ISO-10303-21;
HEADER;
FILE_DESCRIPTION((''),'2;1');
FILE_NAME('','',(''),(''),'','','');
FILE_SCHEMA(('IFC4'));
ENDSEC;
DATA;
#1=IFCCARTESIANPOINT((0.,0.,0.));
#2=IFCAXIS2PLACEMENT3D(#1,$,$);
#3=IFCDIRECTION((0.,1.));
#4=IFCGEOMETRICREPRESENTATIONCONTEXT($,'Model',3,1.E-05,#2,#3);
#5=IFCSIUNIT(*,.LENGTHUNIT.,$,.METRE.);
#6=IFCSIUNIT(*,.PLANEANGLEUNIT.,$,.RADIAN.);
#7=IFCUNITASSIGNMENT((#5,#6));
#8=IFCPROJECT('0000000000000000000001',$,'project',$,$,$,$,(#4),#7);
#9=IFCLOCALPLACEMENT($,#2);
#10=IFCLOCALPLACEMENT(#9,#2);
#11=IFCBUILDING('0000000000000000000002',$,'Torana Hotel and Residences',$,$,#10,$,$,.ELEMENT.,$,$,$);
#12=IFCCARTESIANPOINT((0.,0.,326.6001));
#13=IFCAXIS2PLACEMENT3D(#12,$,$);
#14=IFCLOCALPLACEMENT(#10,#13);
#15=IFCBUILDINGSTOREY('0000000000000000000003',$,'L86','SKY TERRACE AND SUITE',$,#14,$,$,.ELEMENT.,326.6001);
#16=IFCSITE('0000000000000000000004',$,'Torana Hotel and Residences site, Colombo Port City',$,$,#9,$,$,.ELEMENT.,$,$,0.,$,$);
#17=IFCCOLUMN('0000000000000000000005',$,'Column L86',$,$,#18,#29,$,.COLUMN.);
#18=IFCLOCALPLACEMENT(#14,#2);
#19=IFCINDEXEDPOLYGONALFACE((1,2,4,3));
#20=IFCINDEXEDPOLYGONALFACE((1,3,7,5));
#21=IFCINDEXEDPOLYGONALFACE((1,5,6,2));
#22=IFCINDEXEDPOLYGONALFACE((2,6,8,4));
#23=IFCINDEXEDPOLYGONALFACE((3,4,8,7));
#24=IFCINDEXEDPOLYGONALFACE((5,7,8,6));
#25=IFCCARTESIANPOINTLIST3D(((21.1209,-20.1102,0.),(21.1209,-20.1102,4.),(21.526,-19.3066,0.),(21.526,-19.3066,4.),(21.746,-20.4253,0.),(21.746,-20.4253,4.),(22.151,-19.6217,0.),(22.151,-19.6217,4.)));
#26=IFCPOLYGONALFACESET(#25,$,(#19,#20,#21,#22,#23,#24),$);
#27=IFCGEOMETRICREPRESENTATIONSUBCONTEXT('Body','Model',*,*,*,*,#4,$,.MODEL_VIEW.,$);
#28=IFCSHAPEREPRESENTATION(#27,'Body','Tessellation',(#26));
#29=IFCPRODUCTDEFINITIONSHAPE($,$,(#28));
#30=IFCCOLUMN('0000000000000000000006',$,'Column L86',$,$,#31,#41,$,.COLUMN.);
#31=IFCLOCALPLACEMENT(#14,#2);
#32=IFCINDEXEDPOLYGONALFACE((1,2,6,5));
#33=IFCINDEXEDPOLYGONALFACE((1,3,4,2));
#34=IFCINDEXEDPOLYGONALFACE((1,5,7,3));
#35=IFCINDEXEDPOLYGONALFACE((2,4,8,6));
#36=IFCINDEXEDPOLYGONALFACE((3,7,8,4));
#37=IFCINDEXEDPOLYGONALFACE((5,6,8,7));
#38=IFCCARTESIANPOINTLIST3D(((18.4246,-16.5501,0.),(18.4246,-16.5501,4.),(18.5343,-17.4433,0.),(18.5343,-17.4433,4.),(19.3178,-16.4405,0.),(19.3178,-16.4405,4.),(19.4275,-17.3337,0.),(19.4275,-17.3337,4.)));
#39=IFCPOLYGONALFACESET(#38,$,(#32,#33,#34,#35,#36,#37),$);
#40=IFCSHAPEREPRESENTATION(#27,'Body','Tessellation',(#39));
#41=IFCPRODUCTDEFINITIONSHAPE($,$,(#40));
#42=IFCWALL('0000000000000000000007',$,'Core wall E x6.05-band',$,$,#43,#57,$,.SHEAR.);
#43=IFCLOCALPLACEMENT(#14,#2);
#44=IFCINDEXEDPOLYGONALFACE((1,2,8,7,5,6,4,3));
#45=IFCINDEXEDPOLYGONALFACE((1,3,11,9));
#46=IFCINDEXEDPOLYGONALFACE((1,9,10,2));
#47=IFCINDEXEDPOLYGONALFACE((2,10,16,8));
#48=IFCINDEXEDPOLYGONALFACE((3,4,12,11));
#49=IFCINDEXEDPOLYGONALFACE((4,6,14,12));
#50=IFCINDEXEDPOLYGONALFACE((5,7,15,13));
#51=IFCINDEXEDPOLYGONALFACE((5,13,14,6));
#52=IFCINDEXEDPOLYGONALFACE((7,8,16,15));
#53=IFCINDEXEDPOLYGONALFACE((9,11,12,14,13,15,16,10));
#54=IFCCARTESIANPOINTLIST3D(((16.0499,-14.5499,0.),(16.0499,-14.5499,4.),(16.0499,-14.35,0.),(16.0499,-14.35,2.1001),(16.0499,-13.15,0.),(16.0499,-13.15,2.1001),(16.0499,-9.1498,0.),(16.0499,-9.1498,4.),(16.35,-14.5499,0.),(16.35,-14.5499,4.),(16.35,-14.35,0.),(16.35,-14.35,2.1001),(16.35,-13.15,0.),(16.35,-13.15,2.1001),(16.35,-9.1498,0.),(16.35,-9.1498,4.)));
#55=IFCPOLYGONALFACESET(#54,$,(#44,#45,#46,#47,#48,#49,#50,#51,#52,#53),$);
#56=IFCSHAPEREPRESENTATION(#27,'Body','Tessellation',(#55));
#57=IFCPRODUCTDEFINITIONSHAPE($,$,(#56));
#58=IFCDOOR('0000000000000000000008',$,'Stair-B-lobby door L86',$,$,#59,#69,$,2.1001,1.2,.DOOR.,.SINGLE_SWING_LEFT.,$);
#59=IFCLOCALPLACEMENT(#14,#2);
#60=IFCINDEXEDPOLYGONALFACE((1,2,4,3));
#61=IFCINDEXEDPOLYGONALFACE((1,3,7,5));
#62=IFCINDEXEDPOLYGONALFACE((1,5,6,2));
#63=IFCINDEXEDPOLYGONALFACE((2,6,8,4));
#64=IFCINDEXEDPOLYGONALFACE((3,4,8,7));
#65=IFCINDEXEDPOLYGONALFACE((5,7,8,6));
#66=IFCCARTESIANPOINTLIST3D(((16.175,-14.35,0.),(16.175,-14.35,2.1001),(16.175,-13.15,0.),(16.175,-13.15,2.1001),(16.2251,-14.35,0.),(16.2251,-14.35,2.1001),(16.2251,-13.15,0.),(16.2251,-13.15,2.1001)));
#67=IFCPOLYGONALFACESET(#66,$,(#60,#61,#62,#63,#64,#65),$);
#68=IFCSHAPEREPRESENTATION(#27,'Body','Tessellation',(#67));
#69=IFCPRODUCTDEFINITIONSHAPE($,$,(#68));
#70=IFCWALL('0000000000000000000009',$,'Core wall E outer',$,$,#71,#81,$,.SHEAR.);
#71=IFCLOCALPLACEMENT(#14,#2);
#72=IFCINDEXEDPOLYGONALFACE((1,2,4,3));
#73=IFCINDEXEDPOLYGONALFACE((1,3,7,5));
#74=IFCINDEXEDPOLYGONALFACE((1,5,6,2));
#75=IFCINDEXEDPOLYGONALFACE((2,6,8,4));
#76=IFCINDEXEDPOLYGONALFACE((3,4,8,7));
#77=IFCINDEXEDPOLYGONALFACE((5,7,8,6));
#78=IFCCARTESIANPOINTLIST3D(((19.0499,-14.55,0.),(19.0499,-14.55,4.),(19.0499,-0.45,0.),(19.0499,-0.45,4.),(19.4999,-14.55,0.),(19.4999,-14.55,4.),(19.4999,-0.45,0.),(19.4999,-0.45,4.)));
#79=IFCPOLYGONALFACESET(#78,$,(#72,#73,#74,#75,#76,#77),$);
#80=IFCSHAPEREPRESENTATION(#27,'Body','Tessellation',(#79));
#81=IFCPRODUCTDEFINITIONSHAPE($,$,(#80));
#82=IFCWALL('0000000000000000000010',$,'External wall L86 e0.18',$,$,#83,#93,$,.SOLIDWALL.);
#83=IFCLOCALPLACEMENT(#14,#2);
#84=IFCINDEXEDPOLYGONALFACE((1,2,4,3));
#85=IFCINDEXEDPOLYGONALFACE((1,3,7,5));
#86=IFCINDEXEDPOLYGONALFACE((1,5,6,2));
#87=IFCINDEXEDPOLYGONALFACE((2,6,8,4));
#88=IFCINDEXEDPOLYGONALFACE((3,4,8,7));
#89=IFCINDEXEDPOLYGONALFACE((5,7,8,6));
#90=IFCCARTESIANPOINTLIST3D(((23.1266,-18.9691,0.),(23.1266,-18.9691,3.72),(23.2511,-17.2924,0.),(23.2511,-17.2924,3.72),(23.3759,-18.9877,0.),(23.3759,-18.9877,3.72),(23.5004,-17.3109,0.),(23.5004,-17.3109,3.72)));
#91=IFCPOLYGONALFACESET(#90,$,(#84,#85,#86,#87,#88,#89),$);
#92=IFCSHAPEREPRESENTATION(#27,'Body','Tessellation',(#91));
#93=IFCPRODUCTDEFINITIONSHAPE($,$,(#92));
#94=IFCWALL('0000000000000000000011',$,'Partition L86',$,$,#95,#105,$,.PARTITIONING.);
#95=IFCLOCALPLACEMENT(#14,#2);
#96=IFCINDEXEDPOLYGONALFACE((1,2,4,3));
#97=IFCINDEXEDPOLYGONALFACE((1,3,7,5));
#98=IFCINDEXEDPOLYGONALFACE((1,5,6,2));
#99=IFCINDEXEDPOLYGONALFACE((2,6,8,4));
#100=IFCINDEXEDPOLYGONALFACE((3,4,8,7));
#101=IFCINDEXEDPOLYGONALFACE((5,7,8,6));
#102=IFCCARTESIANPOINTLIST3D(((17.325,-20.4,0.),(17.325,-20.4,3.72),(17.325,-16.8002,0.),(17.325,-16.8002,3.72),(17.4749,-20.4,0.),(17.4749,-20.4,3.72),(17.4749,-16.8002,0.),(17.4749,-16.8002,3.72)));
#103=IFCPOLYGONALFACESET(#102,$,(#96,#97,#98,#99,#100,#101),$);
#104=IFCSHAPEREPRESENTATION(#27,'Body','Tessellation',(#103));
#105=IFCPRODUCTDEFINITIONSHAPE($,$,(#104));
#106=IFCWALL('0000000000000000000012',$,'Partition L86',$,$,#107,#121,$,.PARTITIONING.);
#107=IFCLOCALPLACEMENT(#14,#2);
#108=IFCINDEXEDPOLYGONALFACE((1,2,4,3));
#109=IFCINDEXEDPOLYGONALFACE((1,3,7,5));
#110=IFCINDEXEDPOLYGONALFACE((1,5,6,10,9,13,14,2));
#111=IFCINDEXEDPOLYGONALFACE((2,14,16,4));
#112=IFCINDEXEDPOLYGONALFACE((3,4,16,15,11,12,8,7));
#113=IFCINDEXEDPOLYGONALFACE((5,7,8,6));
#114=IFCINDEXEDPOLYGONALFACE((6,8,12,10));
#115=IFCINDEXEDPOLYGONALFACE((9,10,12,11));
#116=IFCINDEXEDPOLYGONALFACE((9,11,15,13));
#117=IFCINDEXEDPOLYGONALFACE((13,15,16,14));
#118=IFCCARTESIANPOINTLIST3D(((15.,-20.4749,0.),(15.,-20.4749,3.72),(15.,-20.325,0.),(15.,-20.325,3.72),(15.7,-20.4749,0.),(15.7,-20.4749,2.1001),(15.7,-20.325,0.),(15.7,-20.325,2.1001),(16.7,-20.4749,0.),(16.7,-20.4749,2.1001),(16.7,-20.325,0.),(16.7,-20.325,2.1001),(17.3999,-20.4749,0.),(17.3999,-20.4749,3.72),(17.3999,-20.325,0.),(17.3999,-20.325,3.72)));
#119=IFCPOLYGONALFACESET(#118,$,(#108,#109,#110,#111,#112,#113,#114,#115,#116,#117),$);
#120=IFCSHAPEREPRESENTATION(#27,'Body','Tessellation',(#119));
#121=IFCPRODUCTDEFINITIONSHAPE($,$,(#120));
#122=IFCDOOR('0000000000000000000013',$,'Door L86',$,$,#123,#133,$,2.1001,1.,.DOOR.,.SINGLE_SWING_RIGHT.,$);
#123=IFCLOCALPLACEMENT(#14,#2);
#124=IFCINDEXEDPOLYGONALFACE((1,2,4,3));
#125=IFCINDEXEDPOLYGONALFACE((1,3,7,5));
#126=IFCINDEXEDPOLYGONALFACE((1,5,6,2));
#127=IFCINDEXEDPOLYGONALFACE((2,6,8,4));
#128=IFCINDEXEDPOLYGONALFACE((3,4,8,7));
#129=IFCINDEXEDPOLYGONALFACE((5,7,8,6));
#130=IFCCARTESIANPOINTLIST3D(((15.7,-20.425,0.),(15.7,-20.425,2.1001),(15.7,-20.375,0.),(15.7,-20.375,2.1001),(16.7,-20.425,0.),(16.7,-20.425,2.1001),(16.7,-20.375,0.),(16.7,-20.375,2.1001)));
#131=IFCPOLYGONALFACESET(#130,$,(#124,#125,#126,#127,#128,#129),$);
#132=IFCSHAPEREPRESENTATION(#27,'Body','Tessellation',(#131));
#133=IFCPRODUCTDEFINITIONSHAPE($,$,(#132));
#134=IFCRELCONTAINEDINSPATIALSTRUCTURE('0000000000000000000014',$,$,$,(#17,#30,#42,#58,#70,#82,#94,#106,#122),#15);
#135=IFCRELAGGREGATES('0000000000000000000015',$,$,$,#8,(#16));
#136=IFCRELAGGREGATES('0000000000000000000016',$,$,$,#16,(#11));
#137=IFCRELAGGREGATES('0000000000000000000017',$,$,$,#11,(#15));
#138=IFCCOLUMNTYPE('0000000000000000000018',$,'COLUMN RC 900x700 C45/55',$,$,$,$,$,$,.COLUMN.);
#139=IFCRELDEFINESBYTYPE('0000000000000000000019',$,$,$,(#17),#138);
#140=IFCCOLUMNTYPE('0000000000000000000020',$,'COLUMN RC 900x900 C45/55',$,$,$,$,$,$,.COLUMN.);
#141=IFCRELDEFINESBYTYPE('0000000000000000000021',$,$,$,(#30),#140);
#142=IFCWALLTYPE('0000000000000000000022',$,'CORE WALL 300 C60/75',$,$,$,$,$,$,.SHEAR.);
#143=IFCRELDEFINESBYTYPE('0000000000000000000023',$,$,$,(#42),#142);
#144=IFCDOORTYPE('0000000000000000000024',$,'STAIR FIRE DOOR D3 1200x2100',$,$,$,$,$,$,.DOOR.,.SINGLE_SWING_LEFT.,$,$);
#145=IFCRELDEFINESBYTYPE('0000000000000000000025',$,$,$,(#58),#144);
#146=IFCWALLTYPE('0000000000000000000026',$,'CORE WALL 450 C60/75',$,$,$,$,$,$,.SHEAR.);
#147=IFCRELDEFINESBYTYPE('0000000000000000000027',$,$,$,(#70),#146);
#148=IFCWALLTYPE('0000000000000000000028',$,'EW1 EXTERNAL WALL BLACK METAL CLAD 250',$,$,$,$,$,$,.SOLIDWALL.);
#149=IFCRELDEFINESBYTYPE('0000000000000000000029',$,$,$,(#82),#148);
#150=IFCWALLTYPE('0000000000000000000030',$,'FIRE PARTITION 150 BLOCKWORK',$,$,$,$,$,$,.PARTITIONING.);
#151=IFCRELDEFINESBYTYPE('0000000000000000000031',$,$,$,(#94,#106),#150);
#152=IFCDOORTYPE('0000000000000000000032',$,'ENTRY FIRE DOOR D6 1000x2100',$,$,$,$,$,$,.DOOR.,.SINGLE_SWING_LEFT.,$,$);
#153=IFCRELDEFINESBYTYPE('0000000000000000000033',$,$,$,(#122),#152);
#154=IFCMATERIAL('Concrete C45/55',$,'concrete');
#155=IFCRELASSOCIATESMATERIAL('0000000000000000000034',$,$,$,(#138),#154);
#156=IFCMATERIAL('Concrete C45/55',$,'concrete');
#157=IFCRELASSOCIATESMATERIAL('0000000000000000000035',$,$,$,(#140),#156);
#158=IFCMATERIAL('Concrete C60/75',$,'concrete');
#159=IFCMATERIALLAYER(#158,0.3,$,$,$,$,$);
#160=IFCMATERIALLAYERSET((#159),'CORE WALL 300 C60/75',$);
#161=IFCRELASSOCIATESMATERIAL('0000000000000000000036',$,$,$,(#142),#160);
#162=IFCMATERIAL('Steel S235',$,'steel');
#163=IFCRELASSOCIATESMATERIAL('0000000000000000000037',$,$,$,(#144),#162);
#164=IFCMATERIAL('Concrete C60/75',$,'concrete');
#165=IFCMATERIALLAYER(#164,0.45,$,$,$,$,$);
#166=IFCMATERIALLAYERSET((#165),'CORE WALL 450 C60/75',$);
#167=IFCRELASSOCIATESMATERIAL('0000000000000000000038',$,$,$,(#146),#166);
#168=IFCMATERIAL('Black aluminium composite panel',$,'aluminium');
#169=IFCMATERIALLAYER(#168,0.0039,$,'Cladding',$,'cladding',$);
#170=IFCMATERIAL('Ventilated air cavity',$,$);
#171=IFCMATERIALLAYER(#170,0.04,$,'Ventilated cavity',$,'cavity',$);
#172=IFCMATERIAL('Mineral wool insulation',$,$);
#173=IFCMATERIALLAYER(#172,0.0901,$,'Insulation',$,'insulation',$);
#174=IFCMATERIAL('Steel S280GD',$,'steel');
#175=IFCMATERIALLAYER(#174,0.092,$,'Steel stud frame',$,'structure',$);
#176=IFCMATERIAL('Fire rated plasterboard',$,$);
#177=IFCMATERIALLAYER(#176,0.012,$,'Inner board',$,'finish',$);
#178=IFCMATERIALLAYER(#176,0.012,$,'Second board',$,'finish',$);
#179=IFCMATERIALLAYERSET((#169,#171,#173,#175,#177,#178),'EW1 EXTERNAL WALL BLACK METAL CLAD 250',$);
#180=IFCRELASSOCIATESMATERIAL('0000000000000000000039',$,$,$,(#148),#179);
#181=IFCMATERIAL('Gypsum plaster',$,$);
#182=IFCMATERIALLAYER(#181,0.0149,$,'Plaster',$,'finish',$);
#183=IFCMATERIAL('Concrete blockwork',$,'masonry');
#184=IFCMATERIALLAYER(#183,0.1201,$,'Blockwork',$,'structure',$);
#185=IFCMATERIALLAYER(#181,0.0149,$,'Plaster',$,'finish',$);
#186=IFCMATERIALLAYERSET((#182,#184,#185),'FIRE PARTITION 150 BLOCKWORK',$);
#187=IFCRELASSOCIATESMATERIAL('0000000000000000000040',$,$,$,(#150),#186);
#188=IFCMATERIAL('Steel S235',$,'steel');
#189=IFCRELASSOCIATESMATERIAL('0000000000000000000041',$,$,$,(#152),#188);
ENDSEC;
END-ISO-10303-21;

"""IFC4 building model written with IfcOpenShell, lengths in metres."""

from ifc_helpers import new_model, si_unit, direction, frame, frame_2d, origin, origin_2d, place, context, subcontext, project, spatial, rectangle, extrude, material, layer, layer_set, material_profile, profile_set, type_object, element, fill, save


model = new_model("IFC4")

# Units and contexts
model_context = context("Model", 3, precision=1e-05, world=origin(), true_north=direction((0.0, 1.0)))
body_context = subcontext(model_context, "Body", "Model", "MODEL_VIEW")
ifc_project = project(units=[si_unit("LENGTHUNIT", "METRE"), si_unit("PLANEANGLEUNIT", "RADIAN")], contexts=[model_context])

# Site, building, storey
site_placement = place(None, origin())
site = spatial("IfcSite", under=ifc_project, at=site_placement, Name="Torana Hotel and Residences site, Colombo Port City", CompositionType="ELEMENT", RefElevation=0.0)
building_placement = place(site_placement, origin())
building = spatial("IfcBuilding", under=site, at=building_placement, Name="Torana Hotel and Residences", CompositionType="ELEMENT")
storey_placement = place(building_placement, frame((0.0, 0.0, 326.6001)))
storey = spatial("IfcBuildingStorey", under=building, at=storey_placement, Name="L86", Description="SKY TERRACE AND SUITE", CompositionType="ELEMENT", Elevation=326.6001)

# Columns
ifc_material_1 = material(Name="Concrete C45/55", Category="concrete")
ifc_material_profile_1 = material_profile(ifc_material_1, rectangle(XDim=0.8999, YDim=0.7, at=origin_2d()), Name="RC 900x700")
ifc_profile_set_1 = profile_set([ifc_material_profile_1], Name="Concrete C45/55")
column_type_1 = type_object("IfcColumnType", Name="COLUMN RC 900x700 C45/55", PredefinedType="COLUMN", material=ifc_profile_set_1)
column_1_placement = place(storey_placement, frame((21.636, -19.866, 0.0), z_axis=(0.0, 0.0, 1.0), x_axis=(0.450098, 0.892979, 0.0)))
element("IfcColumn", 1, at=column_1_placement, inside=storey, type_object=column_type_1, Name="Column L86", PredefinedType="COLUMN", context=body_context, shape_type="SweptSolid", body=[
    extrude(rectangle(XDim=0.8999, YDim=0.7, at=origin_2d()), origin(), (0.0, 0.0, 1.0), 4.0),
])
ifc_material_2 = material(Name="Concrete C45/55", Category="concrete")
ifc_material_profile_2 = material_profile(ifc_material_2, rectangle(XDim=0.8999, YDim=0.8999, at=origin_2d()), Name="RC 900x900")
ifc_profile_set_2 = profile_set([ifc_material_profile_2], Name="Concrete C45/55")
column_type_2 = type_object("IfcColumnType", Name="COLUMN RC 900x900 C45/55", PredefinedType="COLUMN", material=ifc_profile_set_2)
column_2_placement = place(storey_placement, frame((18.926, -16.9419, 0.0), z_axis=(0.0, 0.0, 1.0), x_axis=(0.992546, 0.121869, 0.0)))
element("IfcColumn", 2, at=column_2_placement, inside=storey, type_object=column_type_2, Name="Column L86", PredefinedType="COLUMN", context=body_context, shape_type="SweptSolid", body=[
    extrude(rectangle(XDim=0.8999, YDim=0.8999, at=origin_2d()), origin(), (0.0, 0.0, 1.0), 4.0),
])

# Wall, opening, door
ifc_material_3 = material(Name="Concrete C60/75", Category="concrete")
ifc_layer_1 = layer(ifc_material_3, 0.3)
ifc_layer_set_1 = layer_set([ifc_layer_1], Name="CORE WALL 300 C60/75")
wall_type_1 = type_object("IfcWallType", Name="CORE WALL 300 C60/75", PredefinedType="SHEAR", material=ifc_layer_set_1)
wall_1_placement = place(storey_placement, frame((16.2, -14.55, 0.0), z_axis=(0.0, 0.0, 1.0), x_axis=(0.0, 1.0, 0.0)))
wall_1 = element("IfcWall", 3, at=wall_1_placement, inside=storey, type_object=wall_type_1, Name="Core wall E x6.05-band", PredefinedType="SHEAR", context=body_context, shape_type="SweptSolid", body=[
    extrude(rectangle(XDim=5.4001, YDim=0.3, at=frame_2d((2.7002, 0.0))), origin(), (0.0, 0.0, 1.0), 4.0),
])
opening_1_placement = place(wall_1_placement, frame((0.2, 0.0, 0.0)))
opening_1 = element("IfcOpeningElement", 4, at=opening_1_placement, cuts=wall_1, PredefinedType="OPENING", context=body_context, shape_type="SweptSolid", body=[
    extrude(rectangle(XDim=1.2, YDim=2.1001, at=frame_2d((0.6001, 1.05))), frame((0.0, 0.1599, 0.0), z_axis=(0.0, -1.0, 0.0), x_axis=(1.0, 0.0, 0.0)), (0.0, 0.0, 1.0), 0.3201),
])
ifc_material_4 = material(Name="Steel S235", Category="steel")
door_type_1 = type_object("IfcDoorType", Name="STAIR FIRE DOOR D3 1200x2100", OperationType="SINGLE_SWING_LEFT", PredefinedType="DOOR", material=ifc_material_4)
door_1_placement = place(opening_1_placement, frame((0.6001, 0.0, 0.0), z_axis=(0.0, 0.0, 1.0), x_axis=(-1.0, 0.0, 0.0)))
door_1 = element("IfcDoor", 5, at=door_1_placement, inside=storey, type_object=door_type_1, Name="Stair-B-lobby door L86", OperationType="SINGLE_SWING_LEFT", OverallHeight=2.1001, OverallWidth=1.2, PredefinedType="DOOR", context=body_context, shape_type="SweptSolid", body=[
    extrude(rectangle(XDim=1.2, YDim=2.1001, at=frame_2d((0.0, 1.05))), frame((0.0, -0.0249, 0.0), z_axis=(0.0, 1.0, 0.0), x_axis=(-1.0, 0.0, 0.0)), (0.0, 0.0, 1.0), 0.05),
])
fill(opening_1, door_1)

# Walls
ifc_material_5 = material(Name="Concrete C60/75", Category="concrete")
ifc_layer_2 = layer(ifc_material_5, 0.45)
ifc_layer_set_2 = layer_set([ifc_layer_2], Name="CORE WALL 450 C60/75")
wall_type_2 = type_object("IfcWallType", Name="CORE WALL 450 C60/75", PredefinedType="SHEAR", material=ifc_layer_set_2)
wall_2_placement = place(storey_placement, frame((19.2749, -14.55, 0.0), z_axis=(0.0, 0.0, 1.0), x_axis=(0.0, 1.0, 0.0)))
element("IfcWall", 6, at=wall_2_placement, inside=storey, type_object=wall_type_2, Name="Core wall E outer", PredefinedType="SHEAR", context=body_context, shape_type="SweptSolid", body=[
    extrude(rectangle(XDim=14.1001, YDim=0.45, at=frame_2d((7.05, 0.0))), origin(), (0.0, 0.0, 1.0), 4.0),
])
ifc_material_6 = material(Name="Black aluminium composite panel", Category="aluminium")
ifc_layer_3 = layer(ifc_material_6, 0.0039, Name="Cladding", Category="cladding")
ifc_material_7 = material(Name="Ventilated air cavity")
ifc_layer_4 = layer(ifc_material_7, 0.04, Name="Ventilated cavity", Category="cavity")
ifc_material_8 = material(Name="Mineral wool insulation")
ifc_layer_5 = layer(ifc_material_8, 0.0901, Name="Insulation", Category="insulation")
ifc_material_9 = material(Name="Steel S280GD", Category="steel")
ifc_layer_6 = layer(ifc_material_9, 0.092, Name="Steel stud frame", Category="structure")
ifc_material_10 = material(Name="Fire rated plasterboard")
ifc_layer_7 = layer(ifc_material_10, 0.012, Name="Inner board", Category="finish")
ifc_layer_8 = layer(ifc_material_10, 0.012, Name="Second board", Category="finish")
ifc_layer_set_3 = layer_set([ifc_layer_3, ifc_layer_4, ifc_layer_5, ifc_layer_6, ifc_layer_7, ifc_layer_8], Name="EW1 EXTERNAL WALL BLACK METAL CLAD 250")
wall_type_3 = type_object("IfcWallType", Name="EW1 EXTERNAL WALL BLACK METAL CLAD 250", PredefinedType="SOLIDWALL", material=ifc_layer_set_3)
wall_3_placement = place(storey_placement, frame((23.2512, -18.9785, 0.0), z_axis=(0.0, 0.0, 1.0), x_axis=(0.074054, 0.997254, 0.0)))
element("IfcWall", 7, at=wall_3_placement, inside=storey, type_object=wall_type_3, Name="External wall L86 e0.18", PredefinedType="SOLIDWALL", context=body_context, shape_type="SweptSolid", body=[
    extrude(rectangle(XDim=1.6814, YDim=0.25, at=frame_2d((0.8408, 0.0))), origin(), (0.0, 0.0, 1.0), 3.72),
])

# Wall
ifc_material_11 = material(Name="Gypsum plaster")
ifc_layer_9 = layer(ifc_material_11, 0.0149, Name="Plaster", Category="finish")
ifc_material_12 = material(Name="Concrete blockwork", Category="masonry")
ifc_layer_10 = layer(ifc_material_12, 0.1201, Name="Blockwork", Category="structure")
ifc_layer_11 = layer(ifc_material_11, 0.0149, Name="Plaster", Category="finish")
ifc_layer_set_4 = layer_set([ifc_layer_9, ifc_layer_10, ifc_layer_11], Name="FIRE PARTITION 150 BLOCKWORK")
wall_type_4 = type_object("IfcWallType", Name="FIRE PARTITION 150 BLOCKWORK", PredefinedType="PARTITIONING", material=ifc_layer_set_4)
wall_4_placement = place(storey_placement, frame((17.3999, -20.3999, 0.0), z_axis=(0.0, 0.0, 1.0), x_axis=(0.0, 1.0, 0.0)))
element("IfcWall", 8, at=wall_4_placement, inside=storey, type_object=wall_type_4, Name="Partition L86", PredefinedType="PARTITIONING", context=body_context, shape_type="SweptSolid", body=[
    extrude(rectangle(XDim=3.5999, YDim=0.1499, at=frame_2d((1.7998, 0.0))), origin(), (0.0, 0.0, 1.0), 3.72),
])

# Wall, opening, door
wall_5_placement = place(storey_placement, frame((15.0, -20.3999, 0.0), z_axis=(0.0, 0.0, 1.0), x_axis=(1.0, 0.0, 0.0)))
wall_5 = element("IfcWall", 9, at=wall_5_placement, inside=storey, type_object=wall_type_4, Name="Partition L86", PredefinedType="PARTITIONING", context=body_context, shape_type="SweptSolid", body=[
    extrude(rectangle(XDim=2.3999, YDim=0.1499, at=frame_2d((1.2, 0.0))), origin(), (0.0, 0.0, 1.0), 3.72),
])
opening_2_placement = place(wall_5_placement, frame((0.7, 0.0, 0.0)))
opening_2 = element("IfcOpeningElement", 10, at=opening_2_placement, cuts=wall_5, PredefinedType="OPENING", context=body_context, shape_type="SweptSolid", body=[
    extrude(rectangle(XDim=1.0, YDim=2.1001, at=frame_2d((0.5, 1.05))), frame((0.0, 0.085, 0.0), z_axis=(0.0, -1.0, 0.0), x_axis=(1.0, 0.0, 0.0)), (0.0, 0.0, 1.0), 0.1699),
])
ifc_material_13 = material(Name="Steel S235", Category="steel")
door_type_2 = type_object("IfcDoorType", Name="ENTRY FIRE DOOR D6 1000x2100", OperationType="SINGLE_SWING_LEFT", PredefinedType="DOOR", material=ifc_material_13)
door_2_placement = place(opening_2_placement, frame((0.5, 0.0, 0.0), z_axis=(0.0, 0.0, 1.0), x_axis=(-1.0, 0.0, 0.0)))
door_2 = element("IfcDoor", 11, at=door_2_placement, inside=storey, type_object=door_type_2, Name="Door L86", OperationType="SINGLE_SWING_RIGHT", OverallHeight=2.1001, OverallWidth=1.0, PredefinedType="DOOR", context=body_context, shape_type="SweptSolid", body=[
    extrude(rectangle(XDim=1.0, YDim=2.1001, at=frame_2d((0.0, 1.05))), frame((0.0, -0.0249, 0.0), z_axis=(0.0, 1.0, 0.0), x_axis=(-1.0, 0.0, 0.0)), (0.0, 0.0, 1.0), 0.05),
])
fill(opening_2, door_2)

save(model, "model.ifc")
